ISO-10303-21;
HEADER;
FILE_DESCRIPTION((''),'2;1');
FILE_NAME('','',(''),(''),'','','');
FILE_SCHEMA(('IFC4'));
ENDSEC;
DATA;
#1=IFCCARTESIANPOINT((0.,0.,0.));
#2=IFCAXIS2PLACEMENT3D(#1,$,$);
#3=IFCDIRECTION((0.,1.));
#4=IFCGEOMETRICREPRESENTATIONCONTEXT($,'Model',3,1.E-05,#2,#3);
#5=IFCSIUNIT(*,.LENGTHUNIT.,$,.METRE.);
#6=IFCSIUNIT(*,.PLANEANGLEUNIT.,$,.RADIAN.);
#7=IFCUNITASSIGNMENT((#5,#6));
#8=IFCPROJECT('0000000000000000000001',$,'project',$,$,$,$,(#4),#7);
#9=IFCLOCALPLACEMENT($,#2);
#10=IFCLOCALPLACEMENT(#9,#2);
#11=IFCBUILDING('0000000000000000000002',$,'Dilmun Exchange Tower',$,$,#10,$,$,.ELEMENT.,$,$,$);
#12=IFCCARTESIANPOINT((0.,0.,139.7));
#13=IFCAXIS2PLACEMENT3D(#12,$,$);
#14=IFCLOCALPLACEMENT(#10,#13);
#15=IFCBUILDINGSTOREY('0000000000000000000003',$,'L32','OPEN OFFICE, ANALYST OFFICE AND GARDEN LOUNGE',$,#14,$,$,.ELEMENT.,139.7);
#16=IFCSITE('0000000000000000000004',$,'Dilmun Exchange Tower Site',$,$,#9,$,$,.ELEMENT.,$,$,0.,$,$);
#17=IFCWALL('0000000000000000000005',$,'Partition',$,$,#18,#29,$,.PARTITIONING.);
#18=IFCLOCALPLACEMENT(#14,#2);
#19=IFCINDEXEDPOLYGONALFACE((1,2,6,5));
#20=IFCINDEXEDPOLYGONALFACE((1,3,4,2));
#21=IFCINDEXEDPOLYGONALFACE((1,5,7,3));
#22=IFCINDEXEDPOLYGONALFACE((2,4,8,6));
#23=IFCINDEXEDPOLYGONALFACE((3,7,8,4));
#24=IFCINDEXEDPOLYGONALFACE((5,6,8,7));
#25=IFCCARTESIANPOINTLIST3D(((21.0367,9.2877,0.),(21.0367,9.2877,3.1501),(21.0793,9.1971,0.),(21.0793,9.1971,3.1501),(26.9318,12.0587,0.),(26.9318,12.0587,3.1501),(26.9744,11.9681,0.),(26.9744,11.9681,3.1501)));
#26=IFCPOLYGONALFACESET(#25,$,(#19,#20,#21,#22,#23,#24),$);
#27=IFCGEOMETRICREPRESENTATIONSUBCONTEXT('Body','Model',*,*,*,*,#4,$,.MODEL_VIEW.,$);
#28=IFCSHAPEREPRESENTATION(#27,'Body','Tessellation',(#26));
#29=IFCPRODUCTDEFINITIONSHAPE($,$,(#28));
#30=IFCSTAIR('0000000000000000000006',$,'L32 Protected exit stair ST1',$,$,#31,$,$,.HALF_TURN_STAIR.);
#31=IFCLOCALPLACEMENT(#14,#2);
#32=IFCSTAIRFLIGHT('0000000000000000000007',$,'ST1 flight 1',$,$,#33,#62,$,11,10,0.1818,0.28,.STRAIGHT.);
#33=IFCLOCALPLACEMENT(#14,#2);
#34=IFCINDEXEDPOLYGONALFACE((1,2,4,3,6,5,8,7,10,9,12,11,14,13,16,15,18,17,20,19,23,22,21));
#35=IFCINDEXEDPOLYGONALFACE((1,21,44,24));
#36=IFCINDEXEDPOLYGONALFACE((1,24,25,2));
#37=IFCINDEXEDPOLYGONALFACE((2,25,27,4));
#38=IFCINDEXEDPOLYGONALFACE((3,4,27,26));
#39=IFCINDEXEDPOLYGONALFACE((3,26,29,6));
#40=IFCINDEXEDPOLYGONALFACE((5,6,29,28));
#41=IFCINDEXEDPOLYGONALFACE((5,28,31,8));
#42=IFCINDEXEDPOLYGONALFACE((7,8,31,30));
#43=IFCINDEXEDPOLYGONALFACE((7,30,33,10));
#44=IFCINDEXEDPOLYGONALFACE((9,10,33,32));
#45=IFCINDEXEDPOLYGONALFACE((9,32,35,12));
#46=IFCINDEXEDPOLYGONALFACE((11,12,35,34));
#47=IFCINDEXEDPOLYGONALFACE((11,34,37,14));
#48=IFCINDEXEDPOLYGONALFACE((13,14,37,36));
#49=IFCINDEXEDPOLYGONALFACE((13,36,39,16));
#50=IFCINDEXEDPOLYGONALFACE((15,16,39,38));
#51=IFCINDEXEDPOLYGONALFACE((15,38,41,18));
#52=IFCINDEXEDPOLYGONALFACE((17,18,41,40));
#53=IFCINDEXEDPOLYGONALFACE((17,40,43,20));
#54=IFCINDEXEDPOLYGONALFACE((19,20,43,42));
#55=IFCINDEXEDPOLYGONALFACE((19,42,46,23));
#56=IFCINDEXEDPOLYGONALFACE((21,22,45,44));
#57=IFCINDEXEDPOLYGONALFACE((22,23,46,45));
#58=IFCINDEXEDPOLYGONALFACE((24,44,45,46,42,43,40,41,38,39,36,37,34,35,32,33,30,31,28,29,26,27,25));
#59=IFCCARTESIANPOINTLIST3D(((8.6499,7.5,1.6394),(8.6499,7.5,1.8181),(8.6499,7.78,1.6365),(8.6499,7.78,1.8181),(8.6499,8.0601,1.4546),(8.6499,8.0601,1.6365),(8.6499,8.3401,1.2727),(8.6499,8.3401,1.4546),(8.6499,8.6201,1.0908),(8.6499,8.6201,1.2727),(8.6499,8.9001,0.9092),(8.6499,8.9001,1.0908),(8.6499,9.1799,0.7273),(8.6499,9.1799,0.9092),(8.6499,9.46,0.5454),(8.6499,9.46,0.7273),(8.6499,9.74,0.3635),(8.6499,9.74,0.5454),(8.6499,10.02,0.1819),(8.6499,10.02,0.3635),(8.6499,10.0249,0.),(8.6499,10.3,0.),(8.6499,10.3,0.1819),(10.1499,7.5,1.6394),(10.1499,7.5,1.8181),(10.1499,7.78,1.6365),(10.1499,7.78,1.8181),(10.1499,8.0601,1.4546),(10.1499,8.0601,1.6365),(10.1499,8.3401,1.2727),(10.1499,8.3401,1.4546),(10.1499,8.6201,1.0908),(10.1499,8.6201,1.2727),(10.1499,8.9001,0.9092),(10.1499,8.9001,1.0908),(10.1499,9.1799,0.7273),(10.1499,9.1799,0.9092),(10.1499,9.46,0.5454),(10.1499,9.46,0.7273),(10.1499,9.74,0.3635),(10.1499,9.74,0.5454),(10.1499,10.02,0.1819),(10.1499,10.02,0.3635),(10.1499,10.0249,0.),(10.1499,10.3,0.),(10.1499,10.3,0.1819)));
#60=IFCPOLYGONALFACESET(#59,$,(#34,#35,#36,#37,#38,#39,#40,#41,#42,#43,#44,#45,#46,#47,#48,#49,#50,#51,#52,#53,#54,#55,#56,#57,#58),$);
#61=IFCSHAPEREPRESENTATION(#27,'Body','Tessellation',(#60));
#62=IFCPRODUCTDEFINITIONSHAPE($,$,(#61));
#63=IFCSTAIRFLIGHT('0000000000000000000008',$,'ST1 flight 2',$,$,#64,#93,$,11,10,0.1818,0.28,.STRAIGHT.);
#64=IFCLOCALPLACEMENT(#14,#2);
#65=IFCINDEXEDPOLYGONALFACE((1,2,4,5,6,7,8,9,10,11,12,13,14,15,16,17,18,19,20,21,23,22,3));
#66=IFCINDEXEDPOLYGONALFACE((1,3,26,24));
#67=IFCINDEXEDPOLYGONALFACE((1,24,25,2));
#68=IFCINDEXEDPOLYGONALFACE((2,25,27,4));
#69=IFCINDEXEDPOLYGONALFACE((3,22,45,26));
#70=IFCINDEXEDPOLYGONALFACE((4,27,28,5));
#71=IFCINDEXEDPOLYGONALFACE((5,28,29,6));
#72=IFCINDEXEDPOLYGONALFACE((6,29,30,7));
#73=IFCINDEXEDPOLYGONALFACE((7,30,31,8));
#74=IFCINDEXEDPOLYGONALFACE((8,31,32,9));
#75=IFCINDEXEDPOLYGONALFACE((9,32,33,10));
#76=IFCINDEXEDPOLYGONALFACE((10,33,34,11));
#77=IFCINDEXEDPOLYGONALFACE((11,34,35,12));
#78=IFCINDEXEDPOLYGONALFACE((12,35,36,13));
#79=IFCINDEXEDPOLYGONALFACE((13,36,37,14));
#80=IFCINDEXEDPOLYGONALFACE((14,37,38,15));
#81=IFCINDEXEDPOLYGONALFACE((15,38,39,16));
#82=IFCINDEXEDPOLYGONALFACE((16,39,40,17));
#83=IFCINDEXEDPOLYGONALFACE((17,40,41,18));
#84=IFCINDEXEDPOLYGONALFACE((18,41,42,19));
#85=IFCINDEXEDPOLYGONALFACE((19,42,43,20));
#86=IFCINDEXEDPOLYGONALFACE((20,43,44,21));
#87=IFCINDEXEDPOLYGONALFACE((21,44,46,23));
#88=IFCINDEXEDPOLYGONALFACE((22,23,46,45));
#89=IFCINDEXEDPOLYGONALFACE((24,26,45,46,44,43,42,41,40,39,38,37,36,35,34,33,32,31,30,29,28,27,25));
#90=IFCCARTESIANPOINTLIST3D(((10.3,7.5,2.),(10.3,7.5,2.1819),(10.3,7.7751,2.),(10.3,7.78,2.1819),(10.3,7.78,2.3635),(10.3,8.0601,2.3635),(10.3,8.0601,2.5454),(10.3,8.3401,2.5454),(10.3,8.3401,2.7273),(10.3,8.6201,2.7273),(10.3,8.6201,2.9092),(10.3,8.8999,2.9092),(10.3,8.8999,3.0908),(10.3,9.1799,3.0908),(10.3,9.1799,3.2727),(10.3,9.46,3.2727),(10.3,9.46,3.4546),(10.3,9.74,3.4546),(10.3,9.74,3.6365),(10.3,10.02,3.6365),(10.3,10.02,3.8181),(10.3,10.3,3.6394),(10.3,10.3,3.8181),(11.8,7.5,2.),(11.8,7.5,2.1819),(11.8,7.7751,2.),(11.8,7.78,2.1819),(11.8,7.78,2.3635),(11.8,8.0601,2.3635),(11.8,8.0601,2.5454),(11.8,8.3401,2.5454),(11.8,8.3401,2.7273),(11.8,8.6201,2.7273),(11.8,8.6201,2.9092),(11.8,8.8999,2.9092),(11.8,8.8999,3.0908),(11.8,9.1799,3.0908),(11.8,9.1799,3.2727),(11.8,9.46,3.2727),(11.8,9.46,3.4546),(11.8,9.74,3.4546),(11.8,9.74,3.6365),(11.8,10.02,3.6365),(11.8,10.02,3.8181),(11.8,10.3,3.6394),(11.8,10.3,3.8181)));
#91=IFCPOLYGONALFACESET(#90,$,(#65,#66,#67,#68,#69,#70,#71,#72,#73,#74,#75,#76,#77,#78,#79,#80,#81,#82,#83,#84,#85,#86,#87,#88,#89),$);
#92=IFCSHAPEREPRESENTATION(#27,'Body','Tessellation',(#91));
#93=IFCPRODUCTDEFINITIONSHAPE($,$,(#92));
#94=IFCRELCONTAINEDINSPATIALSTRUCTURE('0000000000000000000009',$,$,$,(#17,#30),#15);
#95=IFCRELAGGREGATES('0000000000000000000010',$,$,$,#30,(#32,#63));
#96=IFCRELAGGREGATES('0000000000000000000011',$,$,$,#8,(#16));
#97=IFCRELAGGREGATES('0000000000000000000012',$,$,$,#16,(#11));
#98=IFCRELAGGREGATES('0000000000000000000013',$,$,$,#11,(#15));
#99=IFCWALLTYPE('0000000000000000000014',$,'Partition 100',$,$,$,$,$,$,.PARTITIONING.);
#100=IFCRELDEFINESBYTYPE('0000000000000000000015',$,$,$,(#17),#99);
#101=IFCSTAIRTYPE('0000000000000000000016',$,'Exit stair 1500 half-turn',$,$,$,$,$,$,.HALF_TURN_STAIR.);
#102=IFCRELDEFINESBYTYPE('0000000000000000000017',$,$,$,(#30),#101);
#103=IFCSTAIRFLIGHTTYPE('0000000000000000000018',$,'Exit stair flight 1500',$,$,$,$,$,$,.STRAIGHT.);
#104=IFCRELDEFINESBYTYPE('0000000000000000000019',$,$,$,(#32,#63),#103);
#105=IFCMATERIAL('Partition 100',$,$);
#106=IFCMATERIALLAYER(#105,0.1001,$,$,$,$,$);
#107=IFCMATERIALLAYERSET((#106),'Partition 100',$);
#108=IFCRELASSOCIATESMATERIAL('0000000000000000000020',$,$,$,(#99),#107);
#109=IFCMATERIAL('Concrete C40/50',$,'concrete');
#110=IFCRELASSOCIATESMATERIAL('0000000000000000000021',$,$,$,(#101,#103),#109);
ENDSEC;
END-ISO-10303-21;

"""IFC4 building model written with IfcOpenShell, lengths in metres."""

from ifc_helpers import new_model, si_unit, direction, frame, frame_2d, origin, place, context, subcontext, project, spatial, polyline, rectangle, outline, extrude, material, layer, layer_set, type_object, element, aggregate, save


model = new_model("IFC4")

# Units and contexts
model_context = context("Model", 3, precision=1e-05, world=origin(), true_north=direction((0.0, 1.0)))
body_context = subcontext(model_context, "Body", "Model", "MODEL_VIEW")
ifc_project = project(units=[si_unit("LENGTHUNIT", "METRE"), si_unit("PLANEANGLEUNIT", "RADIAN")], contexts=[model_context])

# Site, building, storey
site_placement = place(None, origin())
site = spatial("IfcSite", under=ifc_project, at=site_placement, Name="Dilmun Exchange Tower Site", CompositionType="ELEMENT", RefElevation=0.0)
building_placement = place(site_placement, origin())
building = spatial("IfcBuilding", under=site, at=building_placement, Name="Dilmun Exchange Tower", CompositionType="ELEMENT")
storey_placement = place(building_placement, frame((0.0, 0.0, 139.7)))
storey = spatial("IfcBuildingStorey", under=building, at=storey_placement, Name="L32", Description="OPEN OFFICE, ANALYST OFFICE AND GARDEN LOUNGE", CompositionType="ELEMENT", Elevation=139.7)

# Shared definitions
ifc_material_1 = material(Name="Concrete C40/50", Category="concrete")

# Wall
ifc_material_2 = material(Name="Partition 100")
ifc_layer_1 = layer(ifc_material_2, 0.1001)
ifc_layer_set_1 = layer_set([ifc_layer_1], Name="Partition 100")
wall_type_1 = type_object("IfcWallType", Name="Partition 100", PredefinedType="PARTITIONING", material=ifc_layer_set_1)
wall_1_placement = place(storey_placement, frame((21.0581, 9.2424, 0.0), z_axis=(0.0, 0.0, 1.0), x_axis=(0.905004, 0.425404, 0.0)))
element("IfcWall", 1, at=wall_1_placement, inside=storey, type_object=wall_type_1, Name="Partition", PredefinedType="PARTITIONING", context=body_context, shape_type="SweptSolid", body=[
    extrude(rectangle(XDim=6.5139, YDim=0.1001, at=frame_2d((3.2568, 0.0))), origin(), (0.0, 0.0, 1.0), 3.1501),
])

# Stair, stair flights
stair_type = type_object("IfcStairType", Name="Exit stair 1500 half-turn", PredefinedType="HALF_TURN_STAIR", material=ifc_material_1)
stair_placement = place(storey_placement, origin())
stair = element("IfcStair", 2, at=stair_placement, inside=storey, type_object=stair_type, Name="L32 Protected exit stair ST1", PredefinedType="HALF_TURN_STAIR")
stair_flight_type = type_object("IfcStairFlightType", Name="Exit stair flight 1500", PredefinedType="STRAIGHT", material=ifc_material_1)
stair_flight_1_placement = place(storey_placement, frame((9.3999, 10.3, 0.0), z_axis=(0.0, 0.0, 1.0), x_axis=(0.0, -1.0, 0.0)))
stair_flight_1 = element("IfcStairFlight", 3, at=stair_flight_1_placement, type_object=stair_flight_type, Name="ST1 flight 1", NumberOfRisers=11, NumberOfTreads=10, PredefinedType="STRAIGHT", RiserHeight=0.1818, TreadLength=0.28, context=body_context, shape_type="SweptSolid", body=[
    extrude(outline(polyline([(0.0, 0.0), (0.0, 0.1819), (0.28, 0.1819), (0.28, 0.3635), (0.5601, 0.3635), (0.5601, 0.5454), (0.8401, 0.5454), (0.8401, 0.7273), (1.1201, 0.7273), (1.1201, 0.9092), (1.3999, 0.9092), (1.3999, 1.0908), (1.6799, 1.0908), (1.6799, 1.2727), (1.96, 1.2727), (1.96, 1.4546), (2.24, 1.4546), (2.24, 1.6365), (2.52, 1.6365), (2.52, 1.8181), (2.8, 1.8181), (2.8, 2.0), (2.8, 1.6394), (0.2751, 0.0), (0.0, 0.0)])), frame((0.0, 0.75, 0.0), z_axis=(0.0, -1.0, 0.0), x_axis=(1.0, 0.0, 0.0)), (0.0, 0.0, 1.0), 1.5),
])
stair_flight_2_placement = place(storey_placement, frame((11.05, 7.5, 2.0), z_axis=(0.0, 0.0, 1.0), x_axis=(0.0, 1.0, 0.0)))
stair_flight_2 = element("IfcStairFlight", 4, at=stair_flight_2_placement, type_object=stair_flight_type, Name="ST1 flight 2", NumberOfRisers=11, NumberOfTreads=10, PredefinedType="STRAIGHT", RiserHeight=0.1818, TreadLength=0.28, context=body_context, shape_type="SweptSolid", body=[
    extrude(outline(polyline([(0.0, 0.0), (0.0, 0.1819), (0.28, 0.1819), (0.28, 0.3635), (0.5601, 0.3635), (0.5601, 0.5454), (0.8401, 0.5454), (0.8401, 0.7273), (1.1201, 0.7273), (1.1201, 0.9092), (1.3999, 0.9092), (1.3999, 1.0908), (1.6799, 1.0908), (1.6799, 1.2727), (1.96, 1.2727), (1.96, 1.4546), (2.24, 1.4546), (2.24, 1.6365), (2.52, 1.6365), (2.52, 1.8181), (2.8, 1.8181), (2.8, 2.0), (2.8, 1.6394), (0.2751, 0.0), (0.0, 0.0)])), frame((0.0, 0.75, 0.0), z_axis=(0.0, -1.0, 0.0), x_axis=(1.0, 0.0, 0.0)), (0.0, 0.0, 1.0), 1.5),
])
aggregate(stair, [stair_flight_1, stair_flight_2])

save(model, "model.ifc")
